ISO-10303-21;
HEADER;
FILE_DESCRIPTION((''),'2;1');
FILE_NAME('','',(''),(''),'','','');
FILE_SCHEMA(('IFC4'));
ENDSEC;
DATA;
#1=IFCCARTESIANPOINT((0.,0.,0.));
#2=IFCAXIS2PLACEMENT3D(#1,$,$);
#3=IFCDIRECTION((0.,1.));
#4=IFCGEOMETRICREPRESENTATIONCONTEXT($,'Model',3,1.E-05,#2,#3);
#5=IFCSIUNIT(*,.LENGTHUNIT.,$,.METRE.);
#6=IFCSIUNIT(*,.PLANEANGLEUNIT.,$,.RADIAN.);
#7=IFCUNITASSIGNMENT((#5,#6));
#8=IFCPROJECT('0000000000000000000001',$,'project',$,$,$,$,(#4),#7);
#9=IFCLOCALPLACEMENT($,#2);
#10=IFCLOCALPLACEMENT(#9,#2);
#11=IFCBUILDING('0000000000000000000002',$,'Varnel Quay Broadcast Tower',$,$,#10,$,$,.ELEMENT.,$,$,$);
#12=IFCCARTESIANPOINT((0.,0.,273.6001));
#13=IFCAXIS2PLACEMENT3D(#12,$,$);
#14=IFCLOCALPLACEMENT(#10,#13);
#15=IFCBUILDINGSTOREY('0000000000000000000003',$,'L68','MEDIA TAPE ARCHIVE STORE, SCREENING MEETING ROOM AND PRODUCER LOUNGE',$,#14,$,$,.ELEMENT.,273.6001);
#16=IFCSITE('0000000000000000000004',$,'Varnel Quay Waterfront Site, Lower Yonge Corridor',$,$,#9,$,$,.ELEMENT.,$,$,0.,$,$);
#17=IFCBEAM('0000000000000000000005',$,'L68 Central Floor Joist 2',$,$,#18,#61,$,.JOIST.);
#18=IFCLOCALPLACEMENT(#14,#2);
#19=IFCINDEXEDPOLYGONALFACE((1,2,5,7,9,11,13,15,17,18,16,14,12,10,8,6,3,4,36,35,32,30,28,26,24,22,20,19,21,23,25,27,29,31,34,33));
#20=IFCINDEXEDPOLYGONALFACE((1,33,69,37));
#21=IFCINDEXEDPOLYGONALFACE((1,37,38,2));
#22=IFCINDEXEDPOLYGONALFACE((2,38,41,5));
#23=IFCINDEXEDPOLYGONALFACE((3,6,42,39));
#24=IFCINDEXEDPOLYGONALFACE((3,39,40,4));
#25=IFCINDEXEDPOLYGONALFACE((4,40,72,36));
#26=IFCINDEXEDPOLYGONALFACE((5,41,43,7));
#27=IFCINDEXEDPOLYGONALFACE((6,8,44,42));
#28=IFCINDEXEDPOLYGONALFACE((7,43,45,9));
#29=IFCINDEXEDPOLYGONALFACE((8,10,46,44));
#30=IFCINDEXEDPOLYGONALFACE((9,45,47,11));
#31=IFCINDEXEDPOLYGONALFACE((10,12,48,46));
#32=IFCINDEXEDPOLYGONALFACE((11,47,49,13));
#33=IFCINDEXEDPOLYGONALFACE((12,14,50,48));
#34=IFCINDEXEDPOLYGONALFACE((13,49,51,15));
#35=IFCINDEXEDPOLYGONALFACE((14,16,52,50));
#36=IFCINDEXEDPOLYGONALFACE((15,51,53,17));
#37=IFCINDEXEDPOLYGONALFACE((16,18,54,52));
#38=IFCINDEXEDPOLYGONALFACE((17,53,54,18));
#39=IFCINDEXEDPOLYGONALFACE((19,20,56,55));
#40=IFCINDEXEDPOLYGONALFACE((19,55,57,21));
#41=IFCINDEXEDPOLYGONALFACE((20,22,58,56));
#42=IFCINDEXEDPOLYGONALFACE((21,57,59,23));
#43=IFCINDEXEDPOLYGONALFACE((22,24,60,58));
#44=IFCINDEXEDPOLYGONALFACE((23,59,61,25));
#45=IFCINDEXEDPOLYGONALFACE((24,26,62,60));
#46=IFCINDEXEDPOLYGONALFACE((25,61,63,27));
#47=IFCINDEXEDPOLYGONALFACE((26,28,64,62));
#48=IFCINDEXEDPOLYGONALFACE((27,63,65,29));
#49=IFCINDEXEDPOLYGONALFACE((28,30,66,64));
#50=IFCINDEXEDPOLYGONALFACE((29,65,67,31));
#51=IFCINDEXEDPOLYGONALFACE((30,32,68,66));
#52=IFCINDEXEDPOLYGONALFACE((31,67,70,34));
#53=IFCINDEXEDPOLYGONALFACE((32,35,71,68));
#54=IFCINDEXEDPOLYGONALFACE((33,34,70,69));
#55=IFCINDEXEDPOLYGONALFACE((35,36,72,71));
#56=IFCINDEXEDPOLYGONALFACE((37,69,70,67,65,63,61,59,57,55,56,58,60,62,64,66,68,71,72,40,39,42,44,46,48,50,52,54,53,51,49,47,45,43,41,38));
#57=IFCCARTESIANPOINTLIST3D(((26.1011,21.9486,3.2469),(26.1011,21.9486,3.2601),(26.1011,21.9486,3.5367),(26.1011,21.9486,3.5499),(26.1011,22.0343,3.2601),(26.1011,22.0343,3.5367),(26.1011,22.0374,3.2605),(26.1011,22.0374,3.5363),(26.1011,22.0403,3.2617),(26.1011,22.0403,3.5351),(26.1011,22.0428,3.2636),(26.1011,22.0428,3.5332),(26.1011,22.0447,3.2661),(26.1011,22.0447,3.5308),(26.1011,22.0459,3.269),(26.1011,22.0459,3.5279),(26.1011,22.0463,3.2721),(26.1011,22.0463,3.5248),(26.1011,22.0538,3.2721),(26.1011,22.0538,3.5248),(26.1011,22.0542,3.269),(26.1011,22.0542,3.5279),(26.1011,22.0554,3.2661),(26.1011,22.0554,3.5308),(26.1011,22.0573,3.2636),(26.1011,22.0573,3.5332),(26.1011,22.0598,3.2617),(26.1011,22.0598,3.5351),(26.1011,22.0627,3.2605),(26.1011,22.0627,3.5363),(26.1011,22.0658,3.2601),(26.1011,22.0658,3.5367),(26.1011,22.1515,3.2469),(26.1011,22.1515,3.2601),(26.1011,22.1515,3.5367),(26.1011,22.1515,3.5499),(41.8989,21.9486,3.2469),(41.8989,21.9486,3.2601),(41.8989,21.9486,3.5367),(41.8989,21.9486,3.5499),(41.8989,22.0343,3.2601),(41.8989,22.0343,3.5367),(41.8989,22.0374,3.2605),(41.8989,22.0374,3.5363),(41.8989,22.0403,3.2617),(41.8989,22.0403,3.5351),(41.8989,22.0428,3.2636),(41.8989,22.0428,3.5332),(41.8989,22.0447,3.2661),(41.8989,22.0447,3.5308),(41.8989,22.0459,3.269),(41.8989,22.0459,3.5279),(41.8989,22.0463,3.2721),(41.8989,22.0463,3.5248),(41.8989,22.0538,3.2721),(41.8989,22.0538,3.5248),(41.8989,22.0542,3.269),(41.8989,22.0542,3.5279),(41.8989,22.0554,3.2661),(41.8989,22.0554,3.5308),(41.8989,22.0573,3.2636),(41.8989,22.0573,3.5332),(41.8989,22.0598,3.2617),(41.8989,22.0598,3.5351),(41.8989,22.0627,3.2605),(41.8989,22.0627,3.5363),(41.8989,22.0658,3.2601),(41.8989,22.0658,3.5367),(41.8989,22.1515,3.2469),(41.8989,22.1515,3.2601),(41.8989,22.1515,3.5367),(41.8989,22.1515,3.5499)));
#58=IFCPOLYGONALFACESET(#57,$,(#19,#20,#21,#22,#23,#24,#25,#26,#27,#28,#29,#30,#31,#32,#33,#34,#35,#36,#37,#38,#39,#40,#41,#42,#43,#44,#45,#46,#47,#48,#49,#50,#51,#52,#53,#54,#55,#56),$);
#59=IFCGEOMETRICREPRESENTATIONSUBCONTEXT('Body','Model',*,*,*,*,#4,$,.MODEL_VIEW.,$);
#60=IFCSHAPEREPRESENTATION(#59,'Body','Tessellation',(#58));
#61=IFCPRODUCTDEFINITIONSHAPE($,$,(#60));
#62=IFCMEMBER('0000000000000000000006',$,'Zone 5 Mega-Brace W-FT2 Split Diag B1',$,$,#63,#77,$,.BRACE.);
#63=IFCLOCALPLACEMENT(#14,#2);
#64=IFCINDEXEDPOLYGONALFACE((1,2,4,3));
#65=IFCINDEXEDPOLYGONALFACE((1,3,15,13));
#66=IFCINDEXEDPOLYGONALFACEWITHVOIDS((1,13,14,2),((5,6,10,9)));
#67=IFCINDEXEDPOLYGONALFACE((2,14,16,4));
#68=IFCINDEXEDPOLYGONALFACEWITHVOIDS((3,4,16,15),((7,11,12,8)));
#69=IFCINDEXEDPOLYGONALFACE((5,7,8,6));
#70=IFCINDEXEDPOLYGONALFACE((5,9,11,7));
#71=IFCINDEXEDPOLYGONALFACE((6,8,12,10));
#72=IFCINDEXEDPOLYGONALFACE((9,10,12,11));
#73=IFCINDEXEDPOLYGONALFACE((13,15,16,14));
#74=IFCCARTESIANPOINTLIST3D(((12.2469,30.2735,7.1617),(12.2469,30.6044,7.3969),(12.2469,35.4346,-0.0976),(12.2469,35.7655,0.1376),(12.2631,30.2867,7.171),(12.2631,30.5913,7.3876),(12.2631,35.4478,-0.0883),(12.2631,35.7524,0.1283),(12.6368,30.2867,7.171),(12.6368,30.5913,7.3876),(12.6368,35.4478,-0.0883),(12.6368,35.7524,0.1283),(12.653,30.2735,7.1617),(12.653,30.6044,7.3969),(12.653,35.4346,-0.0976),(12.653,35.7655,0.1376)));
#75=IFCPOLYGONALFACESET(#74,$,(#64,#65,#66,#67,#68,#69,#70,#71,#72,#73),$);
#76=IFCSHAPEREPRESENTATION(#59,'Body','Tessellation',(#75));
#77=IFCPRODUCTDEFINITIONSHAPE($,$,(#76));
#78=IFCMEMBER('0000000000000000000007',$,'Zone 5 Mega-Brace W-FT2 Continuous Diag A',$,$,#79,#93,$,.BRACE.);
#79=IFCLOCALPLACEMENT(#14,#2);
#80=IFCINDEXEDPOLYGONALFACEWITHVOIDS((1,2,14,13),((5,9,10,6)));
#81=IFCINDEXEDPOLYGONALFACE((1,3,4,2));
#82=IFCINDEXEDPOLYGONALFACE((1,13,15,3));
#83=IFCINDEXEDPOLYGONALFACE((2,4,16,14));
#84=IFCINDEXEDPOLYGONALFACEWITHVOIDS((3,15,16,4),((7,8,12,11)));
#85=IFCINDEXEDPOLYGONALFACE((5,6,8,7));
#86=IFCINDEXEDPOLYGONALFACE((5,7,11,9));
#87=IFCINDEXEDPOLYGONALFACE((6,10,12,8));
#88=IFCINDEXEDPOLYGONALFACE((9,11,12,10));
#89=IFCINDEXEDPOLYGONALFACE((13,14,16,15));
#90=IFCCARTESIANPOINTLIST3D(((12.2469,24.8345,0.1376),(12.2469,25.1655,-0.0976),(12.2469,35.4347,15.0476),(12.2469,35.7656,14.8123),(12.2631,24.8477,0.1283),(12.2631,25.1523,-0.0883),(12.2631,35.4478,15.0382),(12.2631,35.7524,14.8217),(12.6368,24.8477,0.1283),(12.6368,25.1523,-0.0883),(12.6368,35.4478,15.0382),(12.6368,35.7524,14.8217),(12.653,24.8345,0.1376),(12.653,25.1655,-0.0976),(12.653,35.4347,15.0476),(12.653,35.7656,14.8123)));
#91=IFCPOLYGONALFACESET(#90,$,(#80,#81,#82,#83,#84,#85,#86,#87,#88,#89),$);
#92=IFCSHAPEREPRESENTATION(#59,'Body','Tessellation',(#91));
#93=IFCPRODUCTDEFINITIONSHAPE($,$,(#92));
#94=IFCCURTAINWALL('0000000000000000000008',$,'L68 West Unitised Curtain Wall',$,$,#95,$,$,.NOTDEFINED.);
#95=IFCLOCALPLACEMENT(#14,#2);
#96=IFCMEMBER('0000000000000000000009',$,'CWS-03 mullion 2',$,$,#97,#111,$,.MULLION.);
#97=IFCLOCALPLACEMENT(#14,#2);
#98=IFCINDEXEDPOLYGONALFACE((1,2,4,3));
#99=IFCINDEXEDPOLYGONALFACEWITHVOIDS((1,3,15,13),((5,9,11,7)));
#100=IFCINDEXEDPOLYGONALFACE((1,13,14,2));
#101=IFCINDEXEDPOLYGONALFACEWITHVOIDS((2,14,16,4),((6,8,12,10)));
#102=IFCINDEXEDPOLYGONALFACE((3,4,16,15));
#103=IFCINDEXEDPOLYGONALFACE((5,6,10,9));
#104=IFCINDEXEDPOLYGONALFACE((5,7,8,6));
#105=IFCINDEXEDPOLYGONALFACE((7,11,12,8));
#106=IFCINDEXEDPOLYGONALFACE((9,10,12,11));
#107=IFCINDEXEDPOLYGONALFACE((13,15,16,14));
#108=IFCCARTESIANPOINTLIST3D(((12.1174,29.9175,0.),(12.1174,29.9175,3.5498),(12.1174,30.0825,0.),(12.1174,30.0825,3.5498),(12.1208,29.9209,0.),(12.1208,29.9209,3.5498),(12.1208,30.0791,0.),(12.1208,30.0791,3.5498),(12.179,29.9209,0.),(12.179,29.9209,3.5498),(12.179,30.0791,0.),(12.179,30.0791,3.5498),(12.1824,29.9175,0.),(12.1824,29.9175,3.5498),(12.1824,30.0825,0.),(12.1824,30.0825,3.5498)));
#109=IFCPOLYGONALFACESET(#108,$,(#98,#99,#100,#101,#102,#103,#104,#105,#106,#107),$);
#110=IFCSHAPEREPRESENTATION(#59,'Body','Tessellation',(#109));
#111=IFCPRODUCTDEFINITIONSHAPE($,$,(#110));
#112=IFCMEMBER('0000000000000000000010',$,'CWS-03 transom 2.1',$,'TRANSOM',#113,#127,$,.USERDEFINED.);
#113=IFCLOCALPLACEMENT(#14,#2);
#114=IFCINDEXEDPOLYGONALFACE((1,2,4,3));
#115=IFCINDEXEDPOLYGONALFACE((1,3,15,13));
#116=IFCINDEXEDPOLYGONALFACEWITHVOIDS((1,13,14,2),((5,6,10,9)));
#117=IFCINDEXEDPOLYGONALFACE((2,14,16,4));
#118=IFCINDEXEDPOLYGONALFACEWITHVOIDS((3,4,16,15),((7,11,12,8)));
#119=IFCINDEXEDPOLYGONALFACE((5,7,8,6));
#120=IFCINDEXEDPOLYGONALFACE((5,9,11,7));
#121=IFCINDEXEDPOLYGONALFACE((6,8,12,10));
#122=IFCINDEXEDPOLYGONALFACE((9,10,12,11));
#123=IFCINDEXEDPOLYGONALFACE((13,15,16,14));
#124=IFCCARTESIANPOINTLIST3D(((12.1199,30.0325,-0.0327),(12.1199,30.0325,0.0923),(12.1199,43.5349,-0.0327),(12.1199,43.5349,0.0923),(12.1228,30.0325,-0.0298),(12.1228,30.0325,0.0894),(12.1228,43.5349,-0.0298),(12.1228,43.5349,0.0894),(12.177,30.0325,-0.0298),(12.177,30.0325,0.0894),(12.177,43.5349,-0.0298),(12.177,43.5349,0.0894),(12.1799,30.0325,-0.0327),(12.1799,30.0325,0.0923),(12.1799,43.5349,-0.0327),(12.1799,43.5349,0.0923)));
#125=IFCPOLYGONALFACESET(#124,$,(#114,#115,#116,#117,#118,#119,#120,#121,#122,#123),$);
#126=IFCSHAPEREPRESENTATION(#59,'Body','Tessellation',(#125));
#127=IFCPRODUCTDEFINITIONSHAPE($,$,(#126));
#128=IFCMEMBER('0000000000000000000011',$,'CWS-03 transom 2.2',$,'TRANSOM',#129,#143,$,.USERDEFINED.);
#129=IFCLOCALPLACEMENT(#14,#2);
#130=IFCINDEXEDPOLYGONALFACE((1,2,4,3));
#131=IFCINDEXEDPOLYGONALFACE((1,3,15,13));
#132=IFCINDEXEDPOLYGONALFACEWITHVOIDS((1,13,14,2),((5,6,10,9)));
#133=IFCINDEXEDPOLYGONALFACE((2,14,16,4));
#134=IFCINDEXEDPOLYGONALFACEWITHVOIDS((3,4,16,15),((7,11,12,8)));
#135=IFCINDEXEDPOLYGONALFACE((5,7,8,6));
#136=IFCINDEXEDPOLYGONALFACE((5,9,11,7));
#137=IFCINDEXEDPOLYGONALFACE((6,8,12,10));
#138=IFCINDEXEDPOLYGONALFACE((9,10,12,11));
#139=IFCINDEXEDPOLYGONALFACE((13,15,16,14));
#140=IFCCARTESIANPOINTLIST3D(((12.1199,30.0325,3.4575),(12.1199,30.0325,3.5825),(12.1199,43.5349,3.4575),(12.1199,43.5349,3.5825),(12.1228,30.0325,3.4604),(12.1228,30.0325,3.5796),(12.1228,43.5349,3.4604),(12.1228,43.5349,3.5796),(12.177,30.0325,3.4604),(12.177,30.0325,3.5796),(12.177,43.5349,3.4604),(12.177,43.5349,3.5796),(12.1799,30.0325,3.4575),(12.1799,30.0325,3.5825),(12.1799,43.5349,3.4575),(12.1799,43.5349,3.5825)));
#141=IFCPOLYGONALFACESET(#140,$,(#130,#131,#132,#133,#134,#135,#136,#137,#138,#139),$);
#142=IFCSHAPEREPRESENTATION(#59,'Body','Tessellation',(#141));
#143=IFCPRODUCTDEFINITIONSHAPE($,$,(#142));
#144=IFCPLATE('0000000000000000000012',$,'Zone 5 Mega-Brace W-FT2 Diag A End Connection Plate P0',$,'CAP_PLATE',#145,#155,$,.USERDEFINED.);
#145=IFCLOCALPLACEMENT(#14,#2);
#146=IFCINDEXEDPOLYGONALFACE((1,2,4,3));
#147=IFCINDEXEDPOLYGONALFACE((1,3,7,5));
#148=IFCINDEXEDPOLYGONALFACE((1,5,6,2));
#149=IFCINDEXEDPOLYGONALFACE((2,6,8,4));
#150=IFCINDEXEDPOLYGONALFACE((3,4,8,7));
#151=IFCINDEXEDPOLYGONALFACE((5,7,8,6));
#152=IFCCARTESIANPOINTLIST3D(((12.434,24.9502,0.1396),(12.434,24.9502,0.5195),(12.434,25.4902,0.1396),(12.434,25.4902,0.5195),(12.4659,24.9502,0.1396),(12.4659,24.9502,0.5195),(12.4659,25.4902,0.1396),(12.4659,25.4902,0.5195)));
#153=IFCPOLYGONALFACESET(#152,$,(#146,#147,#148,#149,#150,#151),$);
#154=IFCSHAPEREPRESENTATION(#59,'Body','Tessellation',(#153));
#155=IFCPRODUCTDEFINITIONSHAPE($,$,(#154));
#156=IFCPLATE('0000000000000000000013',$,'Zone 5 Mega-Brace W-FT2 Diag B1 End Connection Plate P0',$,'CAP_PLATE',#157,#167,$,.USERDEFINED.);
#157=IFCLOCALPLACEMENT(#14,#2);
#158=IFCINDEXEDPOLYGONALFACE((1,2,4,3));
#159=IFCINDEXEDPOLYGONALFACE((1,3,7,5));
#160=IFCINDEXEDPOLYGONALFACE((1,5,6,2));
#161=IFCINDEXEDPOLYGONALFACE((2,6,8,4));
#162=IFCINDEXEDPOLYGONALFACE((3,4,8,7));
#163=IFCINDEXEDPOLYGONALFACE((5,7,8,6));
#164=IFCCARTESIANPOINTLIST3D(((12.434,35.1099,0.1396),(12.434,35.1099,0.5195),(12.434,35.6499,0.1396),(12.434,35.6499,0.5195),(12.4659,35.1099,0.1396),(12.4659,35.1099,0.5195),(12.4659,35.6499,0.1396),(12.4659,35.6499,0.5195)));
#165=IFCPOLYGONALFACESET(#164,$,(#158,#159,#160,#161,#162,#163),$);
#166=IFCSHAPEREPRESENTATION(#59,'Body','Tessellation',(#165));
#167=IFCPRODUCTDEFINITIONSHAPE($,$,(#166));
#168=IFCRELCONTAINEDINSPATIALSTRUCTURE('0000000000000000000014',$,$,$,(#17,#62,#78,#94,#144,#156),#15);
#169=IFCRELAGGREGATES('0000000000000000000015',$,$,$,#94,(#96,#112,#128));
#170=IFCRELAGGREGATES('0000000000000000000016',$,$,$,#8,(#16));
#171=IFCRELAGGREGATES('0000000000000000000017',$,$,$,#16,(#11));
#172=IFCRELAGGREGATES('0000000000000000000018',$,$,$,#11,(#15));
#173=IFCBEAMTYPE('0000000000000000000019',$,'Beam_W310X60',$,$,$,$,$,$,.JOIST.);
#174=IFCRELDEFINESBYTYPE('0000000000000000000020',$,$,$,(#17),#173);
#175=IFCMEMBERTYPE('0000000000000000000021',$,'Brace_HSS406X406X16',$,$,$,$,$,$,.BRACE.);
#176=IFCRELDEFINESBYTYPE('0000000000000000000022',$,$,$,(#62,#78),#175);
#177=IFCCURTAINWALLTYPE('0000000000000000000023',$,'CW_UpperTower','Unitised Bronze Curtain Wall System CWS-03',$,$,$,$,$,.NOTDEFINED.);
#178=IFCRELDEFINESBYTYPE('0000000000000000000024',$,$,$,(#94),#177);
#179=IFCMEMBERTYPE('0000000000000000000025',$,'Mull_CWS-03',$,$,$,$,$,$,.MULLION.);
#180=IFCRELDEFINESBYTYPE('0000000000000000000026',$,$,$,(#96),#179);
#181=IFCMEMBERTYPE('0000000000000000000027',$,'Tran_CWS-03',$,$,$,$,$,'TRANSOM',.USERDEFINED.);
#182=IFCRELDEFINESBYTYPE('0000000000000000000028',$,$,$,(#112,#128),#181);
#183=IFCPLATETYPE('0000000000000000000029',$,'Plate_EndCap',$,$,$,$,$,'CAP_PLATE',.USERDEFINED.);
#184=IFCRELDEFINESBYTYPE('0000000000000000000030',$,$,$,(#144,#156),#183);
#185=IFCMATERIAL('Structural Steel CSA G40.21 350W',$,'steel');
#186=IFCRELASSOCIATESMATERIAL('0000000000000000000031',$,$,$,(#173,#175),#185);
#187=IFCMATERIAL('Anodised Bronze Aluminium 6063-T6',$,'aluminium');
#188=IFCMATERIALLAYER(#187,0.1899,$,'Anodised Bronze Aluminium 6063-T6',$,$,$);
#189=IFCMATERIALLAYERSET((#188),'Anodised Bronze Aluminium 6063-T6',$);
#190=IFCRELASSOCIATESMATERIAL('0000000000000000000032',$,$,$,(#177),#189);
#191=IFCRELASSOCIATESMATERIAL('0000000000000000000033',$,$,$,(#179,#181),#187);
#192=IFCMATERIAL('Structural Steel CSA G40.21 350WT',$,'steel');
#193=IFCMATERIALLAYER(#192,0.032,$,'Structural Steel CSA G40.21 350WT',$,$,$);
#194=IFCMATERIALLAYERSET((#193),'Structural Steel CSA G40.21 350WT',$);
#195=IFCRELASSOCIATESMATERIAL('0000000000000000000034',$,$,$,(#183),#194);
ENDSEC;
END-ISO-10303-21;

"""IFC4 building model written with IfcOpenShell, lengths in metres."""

from ifc_helpers import new_model, si_unit, direction, frame, origin, origin_2d, place, context, subcontext, project, spatial, rectangle, hollow_rectangle, i_section, extrude, source, transform, mapped, material, layer, layer_set, material_profile, profile_set, type_object, type_shapes, element, aggregate, save


model = new_model("IFC4")

# Units and contexts
model_context = context("Model", 3, precision=1e-05, world=origin(), true_north=direction((0.0, 1.0)))
body_context = subcontext(model_context, "Body", "Model", "MODEL_VIEW")
ifc_project = project(units=[si_unit("LENGTHUNIT", "METRE"), si_unit("PLANEANGLEUNIT", "RADIAN")], contexts=[model_context])

# Site, building, storey
site_placement = place(None, origin())
site = spatial("IfcSite", under=ifc_project, at=site_placement, Name="Varnel Quay Waterfront Site, Lower Yonge Corridor", CompositionType="ELEMENT", RefElevation=0.0)
building_placement = place(site_placement, origin())
building = spatial("IfcBuilding", under=site, at=building_placement, Name="Varnel Quay Broadcast Tower", CompositionType="ELEMENT")
storey_placement = place(building_placement, frame((0.0, 0.0, 273.6001)))
storey = spatial("IfcBuildingStorey", under=building, at=storey_placement, Name="L68", Description="MEDIA TAPE ARCHIVE STORE, SCREENING MEETING ROOM AND PRODUCER LOUNGE", CompositionType="ELEMENT", Elevation=273.6001)

# Shared definitions
ifc_material_1 = material(Name="Structural Steel CSA G40.21 350WT", Category="steel")
ifc_material_2 = material(Name="Structural Steel CSA G40.21 350W", Category="steel")

# Beam
ifc_material_profile_1 = material_profile(ifc_material_2, i_section(OverallWidth=0.2029, OverallDepth=0.303, WebThickness=0.0076, FlangeThickness=0.0132, FilletRadius=0.012, at=origin_2d()), Name="W310X60")
ifc_profile_set_1 = profile_set([ifc_material_profile_1], Name="Structural Steel CSA G40.21 350W")
beam_type_1 = type_object("IfcBeamType", Name="Beam_W310X60", PredefinedType="JOIST", material=ifc_profile_set_1)
shared_shape_1 = source(origin(), body_context, "Body", "SweptSolid", [
    extrude(i_section(OverallWidth=0.2029, OverallDepth=0.303, WebThickness=0.0076, FlangeThickness=0.0132, FilletRadius=0.012, at=origin_2d()), origin(), (0.0, 0.0, 1.0), 15.7979),
])
type_shapes(beam_type_1, [shared_shape_1])
beam_1_placement = place(storey_placement, frame((26.1011, 22.05, 3.3984), z_axis=(1.0, 0.0, 0.0), x_axis=(0.0, 1.0, 0.0)))
element("IfcBeam", 1, at=beam_1_placement, inside=storey, type_object=beam_type_1, Name="L68 Central Floor Joist 2", PredefinedType="JOIST", context=body_context, shape_type="MappedRepresentation", body=[
    mapped(shared_shape_1, transform((0.0, 0.0, 0.0), x_axis=(1.0, 0.0, 0.0), y_axis=(0.0, 1.0, 0.0), z_axis=(0.0, 0.0, 1.0), scale=1.0)),
])

# Members
ifc_material_profile_2 = material_profile(ifc_material_2, hollow_rectangle(XDim=0.406, YDim=0.406, WallThickness=0.0161, at=origin_2d()), Name="HSS406X406X16")
ifc_profile_set_2 = profile_set([ifc_material_profile_2], Name="Structural Steel CSA G40.21 350W")
member_type_1 = type_object("IfcMemberType", Name="Brace_HSS406X406X16", PredefinedType="BRACE", material=ifc_profile_set_2)
shared_shape_2 = source(origin(), body_context, "Body", "SweptSolid", [
    extrude(hollow_rectangle(XDim=0.406, YDim=0.406, WallThickness=0.0161, at=origin_2d()), origin(), (0.0, 0.0, 1.0), 8.907),
])
member_1_placement = place(storey_placement, frame((12.45, 35.6001, 0.02), z_axis=(0.0, -0.579448, 0.815009), x_axis=(1.0, 0.0, 0.0)))
element("IfcMember", 2, at=member_1_placement, inside=storey, type_object=member_type_1, Name="Zone 5 Mega-Brace W-FT2 Split Diag B1", PredefinedType="BRACE", context=body_context, shape_type="MappedRepresentation", body=[
    mapped(shared_shape_2, transform((0.0, 0.0, 0.0), x_axis=(1.0, 0.0, 0.0), y_axis=(0.0, 1.0, 0.0), z_axis=(0.0, 0.0, 1.0), scale=1.0)),
])
shared_shape_3 = source(origin(), body_context, "Body", "SweptSolid", [
    extrude(hollow_rectangle(XDim=0.406, YDim=0.406, WallThickness=0.0161, at=origin_2d()), origin(), (0.0, 0.0, 1.0), 18.2939),
])
type_shapes(member_type_1, [shared_shape_2, shared_shape_3])
member_2_placement = place(storey_placement, frame((12.45, 25.0, 0.02), z_axis=(0.0, 0.579433, 0.81502), x_axis=(-1.0, 0.0, 0.0)))
element("IfcMember", 3, at=member_2_placement, inside=storey, type_object=member_type_1, Name="Zone 5 Mega-Brace W-FT2 Continuous Diag A", PredefinedType="BRACE", context=body_context, shape_type="MappedRepresentation", body=[
    mapped(shared_shape_3, transform((0.0, 0.0, 0.0), x_axis=(1.0, 0.0, 0.0), y_axis=(0.0, 1.0, 0.0), z_axis=(0.0, 0.0, 1.0), scale=1.0)),
])

# Curtain wall, members
ifc_material_3 = material(Name="Anodised Bronze Aluminium 6063-T6", Category="aluminium")
ifc_layer_1 = layer(ifc_material_3, 0.1899, Name="Anodised Bronze Aluminium 6063-T6")
ifc_layer_set_1 = layer_set([ifc_layer_1], Name="Anodised Bronze Aluminium 6063-T6")
curtain_wall_type = type_object("IfcCurtainWallType", Name="CW_UpperTower", Description="Unitised Bronze Curtain Wall System CWS-03", PredefinedType="NOTDEFINED", material=ifc_layer_set_1)
curtain_wall_placement = place(storey_placement, origin())
curtain_wall = element("IfcCurtainWall", 4, at=curtain_wall_placement, inside=storey, type_object=curtain_wall_type, Name="L68 West Unitised Curtain Wall", PredefinedType="NOTDEFINED")
ifc_material_profile_3 = material_profile(ifc_material_3, hollow_rectangle(XDim=0.0649, YDim=0.165, WallThickness=0.0034, at=origin_2d()), Name="ALU65X165X3.5")
ifc_profile_set_3 = profile_set([ifc_material_profile_3], Name="Anodised Bronze Aluminium 6063-T6")
member_type_2 = type_object("IfcMemberType", Name="Mull_CWS-03", PredefinedType="MULLION", material=ifc_profile_set_3)
shared_shape_4 = source(origin(), body_context, "Body", "SweptSolid", [
    extrude(hollow_rectangle(XDim=0.0649, YDim=0.165, WallThickness=0.0034, at=origin_2d()), origin(), (0.0, 0.0, 1.0), 3.5498),
])
type_shapes(member_type_2, [shared_shape_4])
member_3_placement = place(storey_placement, frame((12.1499, 30.0, 0.0), z_axis=(0.0, 0.0, 1.0), x_axis=(-1.0, 0.0, 0.0)))
member_3 = element("IfcMember", 5, at=member_3_placement, type_object=member_type_2, Name="CWS-03 mullion 2", PredefinedType="MULLION", context=body_context, shape_type="MappedRepresentation", body=[
    mapped(shared_shape_4, transform((0.0, 0.0, 0.0), x_axis=(1.0, 0.0, 0.0), y_axis=(0.0, 1.0, 0.0), z_axis=(0.0, 0.0, 1.0), scale=1.0)),
])
ifc_material_profile_4 = material_profile(ifc_material_3, hollow_rectangle(XDim=0.0601, YDim=0.125, WallThickness=0.0029, at=origin_2d()), Name="ALU60X125X3")
ifc_profile_set_4 = profile_set([ifc_material_profile_4], Name="Anodised Bronze Aluminium 6063-T6")
member_type_3 = type_object("IfcMemberType", Name="Tran_CWS-03", ElementType="TRANSOM", PredefinedType="USERDEFINED", material=ifc_profile_set_4)
shared_shape_5 = source(origin(), body_context, "Body", "SweptSolid", [
    extrude(hollow_rectangle(XDim=0.0601, YDim=0.125, WallThickness=0.0029, at=origin_2d()), origin(), (0.0, 0.0, 1.0), 13.5024),
])
type_shapes(member_type_3, [shared_shape_5])
member_4_placement = place(storey_placement, frame((12.1499, 30.0325, 0.0298), z_axis=(0.0, 1.0, 0.0), x_axis=(-1.0, 0.0, 0.0)))
member_4 = element("IfcMember", 6, at=member_4_placement, type_object=member_type_3, Name="CWS-03 transom 2.1", ObjectType="TRANSOM", PredefinedType="USERDEFINED", context=body_context, shape_type="MappedRepresentation", body=[
    mapped(shared_shape_5, transform((0.0, 0.0, 0.0), x_axis=(1.0, 0.0, 0.0), y_axis=(0.0, 1.0, 0.0), z_axis=(0.0, 0.0, 1.0), scale=1.0)),
])
member_5_placement = place(storey_placement, frame((12.1499, 30.0325, 3.52), z_axis=(0.0, 1.0, 0.0), x_axis=(-1.0, 0.0, 0.0)))
member_5 = element("IfcMember", 7, at=member_5_placement, type_object=member_type_3, Name="CWS-03 transom 2.2", ObjectType="TRANSOM", PredefinedType="USERDEFINED", context=body_context, shape_type="MappedRepresentation", body=[
    mapped(shared_shape_5, transform((0.0, 0.0, 0.0), x_axis=(1.0, 0.0, 0.0), y_axis=(0.0, 1.0, 0.0), z_axis=(0.0, 0.0, 1.0), scale=1.0)),
])

# Plates
ifc_layer_2 = layer(ifc_material_1, 0.032, Name="Structural Steel CSA G40.21 350WT")
ifc_layer_set_2 = layer_set([ifc_layer_2], Name="Structural Steel CSA G40.21 350WT")
plate_type_1 = type_object("IfcPlateType", Name="Plate_EndCap", ElementType="CAP_PLATE", PredefinedType="USERDEFINED", material=ifc_layer_set_2)
shared_shape_6 = source(origin(), body_context, "Body", "SweptSolid", [
    extrude(rectangle(XDim=0.54, YDim=0.032, at=origin_2d()), origin(), (0.0, 0.0, 1.0), 0.3799),
])
type_shapes(plate_type_1, [shared_shape_6])
for number, where, z_axis, x_axis, name in (
    (8, (12.45, 25.2202, 0.1396), (0.0, 0.0, 1.0), (0.0, 1.0, 0.0), "Zone 5 Mega-Brace W-FT2 Diag A End Connection Plate P0"),
    (9, (12.45, 35.3799, 0.1396), (0.0, 0.0, 1.0), (0.0, 1.0, 0.0), "Zone 5 Mega-Brace W-FT2 Diag B1 End Connection Plate P0"),
):
    element("IfcPlate", number, at=place(storey_placement, frame(where, z_axis=z_axis, x_axis=x_axis)), inside=storey, type_object=plate_type_1, Name=name, ObjectType="CAP_PLATE", PredefinedType="USERDEFINED", context=body_context, shape_type="MappedRepresentation", body=[
        mapped(shared_shape_6, transform((0.0, 0.0, 0.0), x_axis=(1.0, 0.0, 0.0), y_axis=(0.0, 1.0, 0.0), z_axis=(0.0, 0.0, 1.0), scale=1.0)),
    ])

aggregate(curtain_wall, [member_3, member_4, member_5])

save(model, "model.ifc")
